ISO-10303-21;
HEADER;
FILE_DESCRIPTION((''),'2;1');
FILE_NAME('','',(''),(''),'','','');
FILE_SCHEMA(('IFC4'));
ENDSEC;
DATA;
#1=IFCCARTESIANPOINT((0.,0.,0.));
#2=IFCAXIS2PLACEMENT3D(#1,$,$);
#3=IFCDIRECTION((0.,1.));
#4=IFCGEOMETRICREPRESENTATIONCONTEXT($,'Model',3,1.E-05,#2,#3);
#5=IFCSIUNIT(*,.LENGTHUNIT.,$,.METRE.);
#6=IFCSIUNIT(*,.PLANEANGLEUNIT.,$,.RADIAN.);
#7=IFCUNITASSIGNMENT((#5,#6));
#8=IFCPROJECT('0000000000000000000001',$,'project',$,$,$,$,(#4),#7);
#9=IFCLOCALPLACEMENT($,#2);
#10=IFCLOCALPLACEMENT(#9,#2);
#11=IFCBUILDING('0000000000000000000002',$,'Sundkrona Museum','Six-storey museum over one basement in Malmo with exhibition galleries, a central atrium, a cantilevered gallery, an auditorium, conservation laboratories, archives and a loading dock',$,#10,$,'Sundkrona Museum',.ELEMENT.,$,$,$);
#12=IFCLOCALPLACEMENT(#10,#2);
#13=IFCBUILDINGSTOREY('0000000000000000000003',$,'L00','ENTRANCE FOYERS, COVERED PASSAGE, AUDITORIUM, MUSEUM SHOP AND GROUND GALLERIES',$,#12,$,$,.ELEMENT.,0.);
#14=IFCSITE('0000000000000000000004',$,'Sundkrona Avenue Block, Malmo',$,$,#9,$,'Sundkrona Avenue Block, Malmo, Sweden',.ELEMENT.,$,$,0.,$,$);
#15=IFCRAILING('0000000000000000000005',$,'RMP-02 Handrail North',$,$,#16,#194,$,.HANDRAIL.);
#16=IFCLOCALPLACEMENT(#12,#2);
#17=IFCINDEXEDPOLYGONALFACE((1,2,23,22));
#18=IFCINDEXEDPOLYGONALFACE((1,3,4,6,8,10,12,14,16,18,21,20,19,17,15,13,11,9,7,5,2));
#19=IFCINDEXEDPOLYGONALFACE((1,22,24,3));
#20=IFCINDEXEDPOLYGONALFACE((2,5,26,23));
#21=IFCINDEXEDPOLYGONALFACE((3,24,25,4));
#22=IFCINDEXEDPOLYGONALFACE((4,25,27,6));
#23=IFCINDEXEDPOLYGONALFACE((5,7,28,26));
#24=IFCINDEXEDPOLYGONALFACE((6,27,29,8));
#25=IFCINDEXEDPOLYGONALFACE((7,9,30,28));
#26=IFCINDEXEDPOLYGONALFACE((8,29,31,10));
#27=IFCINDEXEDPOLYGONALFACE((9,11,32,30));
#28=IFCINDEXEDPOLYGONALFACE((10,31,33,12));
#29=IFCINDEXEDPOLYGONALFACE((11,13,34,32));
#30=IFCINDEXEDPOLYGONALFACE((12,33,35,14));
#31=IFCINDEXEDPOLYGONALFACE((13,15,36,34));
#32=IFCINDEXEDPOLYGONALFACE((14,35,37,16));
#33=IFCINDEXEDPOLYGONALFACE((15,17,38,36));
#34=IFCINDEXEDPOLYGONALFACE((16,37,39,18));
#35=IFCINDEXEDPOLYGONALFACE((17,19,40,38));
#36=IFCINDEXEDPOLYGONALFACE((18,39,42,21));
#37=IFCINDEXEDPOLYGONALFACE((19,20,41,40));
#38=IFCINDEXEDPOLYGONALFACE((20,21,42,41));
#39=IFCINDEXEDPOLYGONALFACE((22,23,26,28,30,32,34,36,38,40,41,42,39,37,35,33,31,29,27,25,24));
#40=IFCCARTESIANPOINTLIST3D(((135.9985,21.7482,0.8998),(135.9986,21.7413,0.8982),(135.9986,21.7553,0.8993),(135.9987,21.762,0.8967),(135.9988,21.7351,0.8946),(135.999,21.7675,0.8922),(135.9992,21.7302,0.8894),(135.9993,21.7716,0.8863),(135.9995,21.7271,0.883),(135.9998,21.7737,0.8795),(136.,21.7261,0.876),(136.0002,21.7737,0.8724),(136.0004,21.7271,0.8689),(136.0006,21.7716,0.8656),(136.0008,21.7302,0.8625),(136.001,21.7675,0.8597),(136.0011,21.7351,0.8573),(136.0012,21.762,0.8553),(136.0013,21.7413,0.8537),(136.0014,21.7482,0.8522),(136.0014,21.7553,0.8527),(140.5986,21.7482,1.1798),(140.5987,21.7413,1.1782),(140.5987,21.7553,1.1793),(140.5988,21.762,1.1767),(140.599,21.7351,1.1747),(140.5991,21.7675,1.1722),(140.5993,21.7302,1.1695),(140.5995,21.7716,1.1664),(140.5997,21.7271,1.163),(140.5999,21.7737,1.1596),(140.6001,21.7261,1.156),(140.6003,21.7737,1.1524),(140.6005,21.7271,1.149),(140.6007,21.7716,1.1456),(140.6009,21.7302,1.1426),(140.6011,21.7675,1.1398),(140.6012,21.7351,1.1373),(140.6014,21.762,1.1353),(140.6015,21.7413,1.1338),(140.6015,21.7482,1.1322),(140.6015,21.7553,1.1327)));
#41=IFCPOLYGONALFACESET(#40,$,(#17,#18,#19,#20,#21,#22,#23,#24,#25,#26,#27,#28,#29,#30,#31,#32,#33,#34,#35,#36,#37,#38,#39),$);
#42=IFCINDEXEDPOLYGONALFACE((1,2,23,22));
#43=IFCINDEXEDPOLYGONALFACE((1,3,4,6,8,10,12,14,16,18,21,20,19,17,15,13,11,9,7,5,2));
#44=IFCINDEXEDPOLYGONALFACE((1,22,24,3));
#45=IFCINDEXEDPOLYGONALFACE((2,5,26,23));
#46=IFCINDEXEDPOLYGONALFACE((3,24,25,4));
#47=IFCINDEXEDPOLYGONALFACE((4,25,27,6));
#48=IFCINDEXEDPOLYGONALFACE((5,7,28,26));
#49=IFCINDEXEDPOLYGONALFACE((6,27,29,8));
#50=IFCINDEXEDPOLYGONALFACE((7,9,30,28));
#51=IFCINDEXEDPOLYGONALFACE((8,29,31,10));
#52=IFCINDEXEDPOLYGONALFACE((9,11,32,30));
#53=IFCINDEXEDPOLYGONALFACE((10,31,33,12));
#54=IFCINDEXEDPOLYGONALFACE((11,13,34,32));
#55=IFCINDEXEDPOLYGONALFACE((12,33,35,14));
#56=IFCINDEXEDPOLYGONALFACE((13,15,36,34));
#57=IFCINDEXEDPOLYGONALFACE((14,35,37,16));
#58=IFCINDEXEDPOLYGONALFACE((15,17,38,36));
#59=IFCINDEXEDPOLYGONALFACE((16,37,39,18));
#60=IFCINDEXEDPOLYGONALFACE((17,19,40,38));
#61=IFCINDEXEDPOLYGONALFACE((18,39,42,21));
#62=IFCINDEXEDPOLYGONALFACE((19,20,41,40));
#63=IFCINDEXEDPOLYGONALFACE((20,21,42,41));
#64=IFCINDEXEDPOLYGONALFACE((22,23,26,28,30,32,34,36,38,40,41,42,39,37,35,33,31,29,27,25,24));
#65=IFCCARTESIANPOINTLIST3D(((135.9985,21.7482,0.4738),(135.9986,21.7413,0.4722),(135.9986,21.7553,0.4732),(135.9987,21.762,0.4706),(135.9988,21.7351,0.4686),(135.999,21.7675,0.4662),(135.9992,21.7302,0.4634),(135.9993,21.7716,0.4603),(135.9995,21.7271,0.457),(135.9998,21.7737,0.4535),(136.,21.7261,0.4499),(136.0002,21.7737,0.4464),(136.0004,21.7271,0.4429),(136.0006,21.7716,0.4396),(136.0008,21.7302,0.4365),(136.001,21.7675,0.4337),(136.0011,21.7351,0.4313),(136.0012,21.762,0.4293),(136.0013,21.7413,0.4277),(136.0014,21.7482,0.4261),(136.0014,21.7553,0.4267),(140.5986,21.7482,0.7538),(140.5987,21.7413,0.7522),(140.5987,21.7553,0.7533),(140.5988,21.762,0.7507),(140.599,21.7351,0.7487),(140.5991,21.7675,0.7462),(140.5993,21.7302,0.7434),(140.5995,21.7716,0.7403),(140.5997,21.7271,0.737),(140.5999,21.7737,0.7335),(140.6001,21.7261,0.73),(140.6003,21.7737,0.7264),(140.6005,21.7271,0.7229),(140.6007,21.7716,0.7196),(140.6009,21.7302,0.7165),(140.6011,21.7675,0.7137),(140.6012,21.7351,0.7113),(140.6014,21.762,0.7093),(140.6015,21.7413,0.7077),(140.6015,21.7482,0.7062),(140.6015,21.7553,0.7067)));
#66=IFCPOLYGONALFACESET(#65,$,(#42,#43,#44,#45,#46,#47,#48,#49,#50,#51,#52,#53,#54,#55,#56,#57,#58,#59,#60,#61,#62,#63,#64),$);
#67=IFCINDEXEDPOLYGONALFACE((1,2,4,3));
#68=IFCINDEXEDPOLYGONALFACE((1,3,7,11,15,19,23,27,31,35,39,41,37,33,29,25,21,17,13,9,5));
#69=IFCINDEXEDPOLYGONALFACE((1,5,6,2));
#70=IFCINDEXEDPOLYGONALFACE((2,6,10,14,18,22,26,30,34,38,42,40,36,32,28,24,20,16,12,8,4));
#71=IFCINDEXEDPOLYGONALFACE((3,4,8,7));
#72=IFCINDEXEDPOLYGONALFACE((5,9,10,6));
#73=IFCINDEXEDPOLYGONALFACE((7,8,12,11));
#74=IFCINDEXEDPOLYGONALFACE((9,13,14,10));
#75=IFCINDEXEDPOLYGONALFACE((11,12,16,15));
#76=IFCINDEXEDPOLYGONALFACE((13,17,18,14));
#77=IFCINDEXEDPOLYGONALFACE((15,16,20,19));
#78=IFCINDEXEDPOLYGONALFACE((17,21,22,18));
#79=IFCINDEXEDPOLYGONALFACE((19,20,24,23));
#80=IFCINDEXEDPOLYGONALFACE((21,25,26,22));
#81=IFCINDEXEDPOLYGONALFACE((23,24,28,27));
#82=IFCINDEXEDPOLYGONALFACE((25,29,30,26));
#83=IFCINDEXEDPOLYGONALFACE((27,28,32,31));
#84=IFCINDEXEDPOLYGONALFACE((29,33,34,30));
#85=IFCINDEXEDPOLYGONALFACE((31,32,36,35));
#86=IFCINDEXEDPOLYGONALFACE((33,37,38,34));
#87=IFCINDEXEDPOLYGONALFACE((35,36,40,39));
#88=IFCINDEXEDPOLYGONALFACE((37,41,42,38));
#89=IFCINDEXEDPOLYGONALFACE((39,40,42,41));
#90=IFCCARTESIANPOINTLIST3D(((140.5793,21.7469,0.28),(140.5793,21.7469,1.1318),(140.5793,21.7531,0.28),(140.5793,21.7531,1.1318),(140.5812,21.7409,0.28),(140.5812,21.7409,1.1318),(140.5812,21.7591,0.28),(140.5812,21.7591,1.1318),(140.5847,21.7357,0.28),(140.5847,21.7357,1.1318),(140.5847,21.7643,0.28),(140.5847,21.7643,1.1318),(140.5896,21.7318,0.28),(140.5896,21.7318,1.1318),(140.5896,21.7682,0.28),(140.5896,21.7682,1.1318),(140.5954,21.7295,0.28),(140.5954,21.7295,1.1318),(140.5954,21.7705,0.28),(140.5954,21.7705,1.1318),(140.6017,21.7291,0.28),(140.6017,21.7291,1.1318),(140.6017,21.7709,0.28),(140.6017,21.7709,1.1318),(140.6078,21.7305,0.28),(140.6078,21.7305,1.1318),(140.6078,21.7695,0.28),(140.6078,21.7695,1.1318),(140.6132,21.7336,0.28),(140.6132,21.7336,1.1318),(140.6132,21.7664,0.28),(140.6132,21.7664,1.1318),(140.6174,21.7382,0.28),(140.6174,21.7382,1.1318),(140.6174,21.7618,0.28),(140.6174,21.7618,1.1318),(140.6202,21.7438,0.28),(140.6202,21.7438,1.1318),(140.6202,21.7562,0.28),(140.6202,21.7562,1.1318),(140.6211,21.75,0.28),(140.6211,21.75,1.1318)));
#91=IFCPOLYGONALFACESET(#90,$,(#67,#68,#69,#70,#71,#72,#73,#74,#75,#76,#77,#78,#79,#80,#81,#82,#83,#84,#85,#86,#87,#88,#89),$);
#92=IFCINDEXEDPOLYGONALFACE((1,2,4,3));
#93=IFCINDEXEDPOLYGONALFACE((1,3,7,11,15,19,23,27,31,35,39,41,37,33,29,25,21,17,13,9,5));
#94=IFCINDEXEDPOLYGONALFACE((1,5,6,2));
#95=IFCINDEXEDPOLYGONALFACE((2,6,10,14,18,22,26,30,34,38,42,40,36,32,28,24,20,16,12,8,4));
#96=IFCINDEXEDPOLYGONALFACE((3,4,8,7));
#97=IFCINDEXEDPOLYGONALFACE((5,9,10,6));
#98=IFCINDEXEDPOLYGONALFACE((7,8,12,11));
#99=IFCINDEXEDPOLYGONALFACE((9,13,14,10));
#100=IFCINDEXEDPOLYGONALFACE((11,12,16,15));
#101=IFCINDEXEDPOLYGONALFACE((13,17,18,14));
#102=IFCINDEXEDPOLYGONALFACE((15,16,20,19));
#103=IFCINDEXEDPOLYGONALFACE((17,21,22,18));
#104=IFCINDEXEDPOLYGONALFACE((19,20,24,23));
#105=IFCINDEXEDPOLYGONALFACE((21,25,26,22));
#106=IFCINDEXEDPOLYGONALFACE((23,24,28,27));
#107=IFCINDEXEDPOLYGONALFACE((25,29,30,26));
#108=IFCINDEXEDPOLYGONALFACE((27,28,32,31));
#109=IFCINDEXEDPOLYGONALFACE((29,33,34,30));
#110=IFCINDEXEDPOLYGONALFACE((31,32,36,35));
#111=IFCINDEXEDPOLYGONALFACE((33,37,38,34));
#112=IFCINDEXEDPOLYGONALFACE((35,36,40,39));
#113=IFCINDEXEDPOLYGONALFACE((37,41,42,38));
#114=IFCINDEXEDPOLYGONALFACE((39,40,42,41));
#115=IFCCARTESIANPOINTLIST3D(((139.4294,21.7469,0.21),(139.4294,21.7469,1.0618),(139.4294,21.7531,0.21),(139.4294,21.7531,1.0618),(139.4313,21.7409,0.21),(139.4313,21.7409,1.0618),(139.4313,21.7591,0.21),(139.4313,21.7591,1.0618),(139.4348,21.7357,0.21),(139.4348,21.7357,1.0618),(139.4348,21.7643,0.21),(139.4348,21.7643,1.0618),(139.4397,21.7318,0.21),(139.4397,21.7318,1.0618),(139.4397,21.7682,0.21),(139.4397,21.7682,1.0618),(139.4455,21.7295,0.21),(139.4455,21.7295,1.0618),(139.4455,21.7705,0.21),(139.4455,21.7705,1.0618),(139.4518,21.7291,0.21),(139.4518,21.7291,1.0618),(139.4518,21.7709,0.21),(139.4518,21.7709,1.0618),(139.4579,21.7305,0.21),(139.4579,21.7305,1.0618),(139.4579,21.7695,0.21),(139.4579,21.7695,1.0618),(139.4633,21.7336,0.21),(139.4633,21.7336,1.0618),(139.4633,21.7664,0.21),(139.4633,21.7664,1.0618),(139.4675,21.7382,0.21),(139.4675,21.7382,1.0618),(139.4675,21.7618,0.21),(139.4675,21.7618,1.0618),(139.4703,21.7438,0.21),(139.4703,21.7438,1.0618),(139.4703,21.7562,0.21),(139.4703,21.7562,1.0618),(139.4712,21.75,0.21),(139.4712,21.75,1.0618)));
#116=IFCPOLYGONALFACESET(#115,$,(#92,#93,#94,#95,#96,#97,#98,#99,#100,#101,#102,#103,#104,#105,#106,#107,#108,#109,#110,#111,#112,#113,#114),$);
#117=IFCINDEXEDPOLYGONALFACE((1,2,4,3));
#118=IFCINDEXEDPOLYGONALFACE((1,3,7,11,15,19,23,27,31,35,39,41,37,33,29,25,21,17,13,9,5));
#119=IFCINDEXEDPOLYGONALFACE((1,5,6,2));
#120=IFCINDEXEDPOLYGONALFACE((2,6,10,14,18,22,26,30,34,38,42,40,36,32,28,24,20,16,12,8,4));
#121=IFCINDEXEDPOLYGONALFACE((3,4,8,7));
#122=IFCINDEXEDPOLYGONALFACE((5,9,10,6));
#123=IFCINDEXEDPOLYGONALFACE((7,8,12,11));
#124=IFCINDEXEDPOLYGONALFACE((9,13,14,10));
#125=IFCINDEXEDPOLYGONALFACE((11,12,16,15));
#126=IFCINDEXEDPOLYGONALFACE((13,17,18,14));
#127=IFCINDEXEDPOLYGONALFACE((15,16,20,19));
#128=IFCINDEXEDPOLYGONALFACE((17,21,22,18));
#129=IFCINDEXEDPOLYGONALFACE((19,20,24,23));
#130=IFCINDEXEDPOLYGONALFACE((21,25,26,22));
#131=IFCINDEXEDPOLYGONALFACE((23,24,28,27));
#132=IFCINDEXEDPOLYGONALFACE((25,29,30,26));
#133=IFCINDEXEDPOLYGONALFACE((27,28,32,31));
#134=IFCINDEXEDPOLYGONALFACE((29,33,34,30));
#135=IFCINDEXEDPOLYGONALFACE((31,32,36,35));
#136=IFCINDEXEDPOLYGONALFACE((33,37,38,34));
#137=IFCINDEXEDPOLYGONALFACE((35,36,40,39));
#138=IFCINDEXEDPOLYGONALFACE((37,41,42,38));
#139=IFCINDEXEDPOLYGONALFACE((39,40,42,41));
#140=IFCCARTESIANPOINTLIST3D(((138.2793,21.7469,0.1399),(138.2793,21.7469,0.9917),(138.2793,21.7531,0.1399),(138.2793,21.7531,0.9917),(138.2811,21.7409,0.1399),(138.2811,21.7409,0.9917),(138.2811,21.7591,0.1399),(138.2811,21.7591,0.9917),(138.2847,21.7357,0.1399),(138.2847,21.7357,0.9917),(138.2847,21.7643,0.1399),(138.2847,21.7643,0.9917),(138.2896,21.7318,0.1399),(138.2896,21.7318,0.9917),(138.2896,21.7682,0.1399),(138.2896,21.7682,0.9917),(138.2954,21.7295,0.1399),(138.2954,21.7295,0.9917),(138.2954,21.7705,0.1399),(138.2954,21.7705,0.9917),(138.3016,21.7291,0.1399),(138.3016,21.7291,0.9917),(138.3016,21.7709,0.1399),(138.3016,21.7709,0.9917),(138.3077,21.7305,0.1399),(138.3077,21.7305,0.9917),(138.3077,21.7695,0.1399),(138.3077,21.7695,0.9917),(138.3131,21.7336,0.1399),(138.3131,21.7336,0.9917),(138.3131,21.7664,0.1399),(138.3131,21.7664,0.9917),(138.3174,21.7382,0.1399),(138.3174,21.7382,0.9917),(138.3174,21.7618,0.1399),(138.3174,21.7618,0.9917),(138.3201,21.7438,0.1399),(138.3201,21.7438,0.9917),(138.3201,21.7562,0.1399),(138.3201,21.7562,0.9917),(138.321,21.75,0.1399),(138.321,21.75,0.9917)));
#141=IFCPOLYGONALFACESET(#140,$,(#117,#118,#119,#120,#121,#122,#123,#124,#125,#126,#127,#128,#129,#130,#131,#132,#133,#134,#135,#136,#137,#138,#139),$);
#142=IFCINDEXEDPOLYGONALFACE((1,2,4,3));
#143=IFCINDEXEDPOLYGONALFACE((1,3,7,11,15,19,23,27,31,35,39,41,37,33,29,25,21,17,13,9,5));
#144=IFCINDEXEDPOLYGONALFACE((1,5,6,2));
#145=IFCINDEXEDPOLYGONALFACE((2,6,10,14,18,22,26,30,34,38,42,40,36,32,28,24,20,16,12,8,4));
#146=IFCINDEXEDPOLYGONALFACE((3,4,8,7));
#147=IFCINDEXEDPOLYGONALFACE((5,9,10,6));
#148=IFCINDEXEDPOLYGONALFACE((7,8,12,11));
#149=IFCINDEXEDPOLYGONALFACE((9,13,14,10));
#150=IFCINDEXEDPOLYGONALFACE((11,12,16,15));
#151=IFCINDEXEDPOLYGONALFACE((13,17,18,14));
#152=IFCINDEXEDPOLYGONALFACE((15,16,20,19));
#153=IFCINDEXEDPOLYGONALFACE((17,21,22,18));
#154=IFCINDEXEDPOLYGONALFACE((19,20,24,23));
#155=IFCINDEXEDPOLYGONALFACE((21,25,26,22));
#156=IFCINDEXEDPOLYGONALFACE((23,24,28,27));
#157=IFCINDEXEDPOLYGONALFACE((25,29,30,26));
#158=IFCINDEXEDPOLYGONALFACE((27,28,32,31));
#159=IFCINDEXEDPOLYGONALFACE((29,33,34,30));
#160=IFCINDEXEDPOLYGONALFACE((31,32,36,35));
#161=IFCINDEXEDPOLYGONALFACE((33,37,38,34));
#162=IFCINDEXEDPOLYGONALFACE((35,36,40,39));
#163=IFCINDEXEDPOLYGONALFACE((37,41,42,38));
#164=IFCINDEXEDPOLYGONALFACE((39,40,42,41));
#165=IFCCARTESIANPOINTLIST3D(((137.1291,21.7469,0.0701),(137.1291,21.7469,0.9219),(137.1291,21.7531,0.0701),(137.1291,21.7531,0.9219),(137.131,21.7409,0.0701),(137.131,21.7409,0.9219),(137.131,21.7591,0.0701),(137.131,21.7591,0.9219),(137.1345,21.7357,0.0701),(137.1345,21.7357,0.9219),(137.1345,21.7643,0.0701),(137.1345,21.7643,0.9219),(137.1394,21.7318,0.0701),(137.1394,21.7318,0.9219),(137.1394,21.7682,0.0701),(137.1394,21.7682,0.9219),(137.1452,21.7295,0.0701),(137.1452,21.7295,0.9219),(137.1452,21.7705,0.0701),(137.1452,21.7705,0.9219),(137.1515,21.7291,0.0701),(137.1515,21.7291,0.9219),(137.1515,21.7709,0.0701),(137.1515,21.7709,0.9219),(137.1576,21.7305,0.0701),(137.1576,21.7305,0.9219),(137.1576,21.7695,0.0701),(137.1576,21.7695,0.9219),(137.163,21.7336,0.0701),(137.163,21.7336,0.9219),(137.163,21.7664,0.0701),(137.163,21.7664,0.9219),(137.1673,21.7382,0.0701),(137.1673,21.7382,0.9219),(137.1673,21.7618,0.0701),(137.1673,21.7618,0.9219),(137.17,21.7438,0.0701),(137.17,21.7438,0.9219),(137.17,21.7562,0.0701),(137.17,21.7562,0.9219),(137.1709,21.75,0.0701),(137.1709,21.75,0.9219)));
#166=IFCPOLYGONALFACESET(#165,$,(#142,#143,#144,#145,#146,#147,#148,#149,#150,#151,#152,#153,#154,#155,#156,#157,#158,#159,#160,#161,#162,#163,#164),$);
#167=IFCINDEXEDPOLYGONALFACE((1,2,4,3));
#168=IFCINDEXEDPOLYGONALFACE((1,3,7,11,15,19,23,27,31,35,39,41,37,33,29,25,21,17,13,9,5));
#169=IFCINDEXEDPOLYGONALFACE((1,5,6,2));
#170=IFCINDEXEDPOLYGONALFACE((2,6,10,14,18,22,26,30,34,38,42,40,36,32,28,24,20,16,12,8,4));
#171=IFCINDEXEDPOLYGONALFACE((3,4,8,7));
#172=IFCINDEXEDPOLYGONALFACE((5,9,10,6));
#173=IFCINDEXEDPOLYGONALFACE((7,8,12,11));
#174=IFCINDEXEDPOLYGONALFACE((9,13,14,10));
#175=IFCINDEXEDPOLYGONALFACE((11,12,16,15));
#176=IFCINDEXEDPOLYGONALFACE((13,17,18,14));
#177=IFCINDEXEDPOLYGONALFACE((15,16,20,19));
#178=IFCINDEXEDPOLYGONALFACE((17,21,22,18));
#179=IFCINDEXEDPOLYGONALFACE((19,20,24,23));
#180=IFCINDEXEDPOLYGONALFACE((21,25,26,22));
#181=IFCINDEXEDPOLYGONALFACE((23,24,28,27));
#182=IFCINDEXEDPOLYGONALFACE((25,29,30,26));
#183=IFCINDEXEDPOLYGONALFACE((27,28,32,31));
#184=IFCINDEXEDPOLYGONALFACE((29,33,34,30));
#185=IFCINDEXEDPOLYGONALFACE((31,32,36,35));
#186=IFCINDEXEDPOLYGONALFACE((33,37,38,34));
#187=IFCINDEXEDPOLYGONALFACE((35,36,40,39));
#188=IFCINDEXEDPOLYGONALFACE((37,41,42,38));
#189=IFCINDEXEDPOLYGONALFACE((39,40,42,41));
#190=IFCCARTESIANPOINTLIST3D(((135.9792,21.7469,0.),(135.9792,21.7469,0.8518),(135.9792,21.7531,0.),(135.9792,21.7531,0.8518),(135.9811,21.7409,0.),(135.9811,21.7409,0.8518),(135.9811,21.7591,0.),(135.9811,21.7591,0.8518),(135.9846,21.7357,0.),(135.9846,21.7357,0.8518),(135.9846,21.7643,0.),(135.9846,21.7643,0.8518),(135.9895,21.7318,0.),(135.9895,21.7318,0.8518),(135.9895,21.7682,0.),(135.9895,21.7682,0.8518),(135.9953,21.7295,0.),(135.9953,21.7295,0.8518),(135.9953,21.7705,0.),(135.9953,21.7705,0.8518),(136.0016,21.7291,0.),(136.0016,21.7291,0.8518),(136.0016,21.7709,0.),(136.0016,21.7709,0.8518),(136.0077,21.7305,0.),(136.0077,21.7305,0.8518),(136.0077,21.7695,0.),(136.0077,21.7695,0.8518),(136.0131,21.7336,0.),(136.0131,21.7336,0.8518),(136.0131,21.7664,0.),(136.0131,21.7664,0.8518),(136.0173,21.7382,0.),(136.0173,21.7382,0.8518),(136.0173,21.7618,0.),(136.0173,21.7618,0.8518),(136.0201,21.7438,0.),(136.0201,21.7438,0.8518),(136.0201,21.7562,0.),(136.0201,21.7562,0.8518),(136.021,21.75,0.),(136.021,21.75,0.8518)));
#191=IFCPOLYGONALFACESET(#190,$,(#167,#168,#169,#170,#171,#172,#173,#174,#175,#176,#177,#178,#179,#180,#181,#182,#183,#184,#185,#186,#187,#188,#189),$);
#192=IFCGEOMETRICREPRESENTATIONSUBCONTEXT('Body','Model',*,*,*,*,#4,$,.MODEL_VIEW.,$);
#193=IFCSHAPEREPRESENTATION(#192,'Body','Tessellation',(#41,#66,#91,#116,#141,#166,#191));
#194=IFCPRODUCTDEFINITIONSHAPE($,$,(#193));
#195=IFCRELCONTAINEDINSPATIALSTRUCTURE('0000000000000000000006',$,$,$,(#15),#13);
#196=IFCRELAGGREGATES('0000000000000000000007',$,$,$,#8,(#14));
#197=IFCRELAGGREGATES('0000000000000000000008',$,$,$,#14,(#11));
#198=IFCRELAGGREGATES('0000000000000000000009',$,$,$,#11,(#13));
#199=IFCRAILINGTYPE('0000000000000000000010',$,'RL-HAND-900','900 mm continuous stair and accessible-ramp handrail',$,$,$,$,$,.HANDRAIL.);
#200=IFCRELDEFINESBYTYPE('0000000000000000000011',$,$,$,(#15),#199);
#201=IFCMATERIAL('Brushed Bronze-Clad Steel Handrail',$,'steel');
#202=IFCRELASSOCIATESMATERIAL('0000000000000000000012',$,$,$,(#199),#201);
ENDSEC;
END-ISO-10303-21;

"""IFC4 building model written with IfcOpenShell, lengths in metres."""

from ifc_helpers import new_model, si_unit, direction, frame, origin, origin_2d, place, context, subcontext, project, spatial, circle, extrude, material, type_object, element, save


model = new_model("IFC4")

# Units and contexts
model_context = context("Model", 3, precision=1e-05, world=origin(), true_north=direction((0.0, 1.0)))
body_context = subcontext(model_context, "Body", "Model", "MODEL_VIEW")
ifc_project = project(units=[si_unit("LENGTHUNIT", "METRE"), si_unit("PLANEANGLEUNIT", "RADIAN")], contexts=[model_context])

# Site, building, storey
site_placement = place(None, origin())
site = spatial("IfcSite", under=ifc_project, at=site_placement, Name="Sundkrona Avenue Block, Malmo", LongName="Sundkrona Avenue Block, Malmo, Sweden", CompositionType="ELEMENT", RefElevation=0.0)
building_placement = place(site_placement, origin())
building = spatial("IfcBuilding", under=site, at=building_placement, Name="Sundkrona Museum", Description="Six-storey museum over one basement in Malmo with exhibition galleries, a central atrium, a cantilevered gallery, an auditorium, conservation laboratories, archives and a loading dock", LongName="Sundkrona Museum", CompositionType="ELEMENT")
storey_placement = place(building_placement, origin())
storey = spatial("IfcBuildingStorey", under=building, at=storey_placement, Name="L00", Description="ENTRANCE FOYERS, COVERED PASSAGE, AUDITORIUM, MUSEUM SHOP AND GROUND GALLERIES", CompositionType="ELEMENT", Elevation=0.0)

# Railing
ifc_material_1 = material(Name="Brushed Bronze-Clad Steel Handrail", Category="steel")
railing_type_1 = type_object("IfcRailingType", Name="RL-HAND-900", Description="900 mm continuous stair and accessible-ramp handrail", PredefinedType="HANDRAIL", material=ifc_material_1)
railing_1_placement = place(storey_placement, frame((140.6001, 21.75, 0.28)))
element("IfcRailing", 1, at=railing_1_placement, inside=storey, type_object=railing_type_1, Name="RMP-02 Handrail North", PredefinedType="HANDRAIL", context=body_context, shape_type="SweptSolid", body=[
    extrude(circle(Radius=0.0239, at=origin_2d()), frame((0.0, 0.0, 0.876), z_axis=(-0.998152, 0.0, -0.060762), x_axis=(0.0, -1.0, 0.0)), (0.0, 0.0, 1.0), 4.6086),
    extrude(circle(Radius=0.0239, at=origin_2d()), frame((0.0, 0.0, 0.45), z_axis=(-0.998152, 0.0, -0.060762), x_axis=(0.0, -1.0, 0.0)), (0.0, 0.0, 1.0), 4.6086),
    extrude(circle(Radius=0.021, at=origin_2d()), origin(), (0.0, 0.0, 1.0), 0.8518),
    extrude(circle(Radius=0.021, at=origin_2d()), frame((-1.1499, 0.0, -0.0701)), (0.0, 0.0, 1.0), 0.8518),
    extrude(circle(Radius=0.021, at=origin_2d()), frame((-2.3, 0.0, -0.1401)), (0.0, 0.0, 1.0), 0.8518),
    extrude(circle(Radius=0.021, at=origin_2d()), frame((-3.4502, 0.0, -0.21)), (0.0, 0.0, 1.0), 0.8518),
    extrude(circle(Radius=0.021, at=origin_2d()), frame((-4.6001, 0.0, -0.28)), (0.0, 0.0, 1.0), 0.8518),
])

save(model, "model.ifc")
